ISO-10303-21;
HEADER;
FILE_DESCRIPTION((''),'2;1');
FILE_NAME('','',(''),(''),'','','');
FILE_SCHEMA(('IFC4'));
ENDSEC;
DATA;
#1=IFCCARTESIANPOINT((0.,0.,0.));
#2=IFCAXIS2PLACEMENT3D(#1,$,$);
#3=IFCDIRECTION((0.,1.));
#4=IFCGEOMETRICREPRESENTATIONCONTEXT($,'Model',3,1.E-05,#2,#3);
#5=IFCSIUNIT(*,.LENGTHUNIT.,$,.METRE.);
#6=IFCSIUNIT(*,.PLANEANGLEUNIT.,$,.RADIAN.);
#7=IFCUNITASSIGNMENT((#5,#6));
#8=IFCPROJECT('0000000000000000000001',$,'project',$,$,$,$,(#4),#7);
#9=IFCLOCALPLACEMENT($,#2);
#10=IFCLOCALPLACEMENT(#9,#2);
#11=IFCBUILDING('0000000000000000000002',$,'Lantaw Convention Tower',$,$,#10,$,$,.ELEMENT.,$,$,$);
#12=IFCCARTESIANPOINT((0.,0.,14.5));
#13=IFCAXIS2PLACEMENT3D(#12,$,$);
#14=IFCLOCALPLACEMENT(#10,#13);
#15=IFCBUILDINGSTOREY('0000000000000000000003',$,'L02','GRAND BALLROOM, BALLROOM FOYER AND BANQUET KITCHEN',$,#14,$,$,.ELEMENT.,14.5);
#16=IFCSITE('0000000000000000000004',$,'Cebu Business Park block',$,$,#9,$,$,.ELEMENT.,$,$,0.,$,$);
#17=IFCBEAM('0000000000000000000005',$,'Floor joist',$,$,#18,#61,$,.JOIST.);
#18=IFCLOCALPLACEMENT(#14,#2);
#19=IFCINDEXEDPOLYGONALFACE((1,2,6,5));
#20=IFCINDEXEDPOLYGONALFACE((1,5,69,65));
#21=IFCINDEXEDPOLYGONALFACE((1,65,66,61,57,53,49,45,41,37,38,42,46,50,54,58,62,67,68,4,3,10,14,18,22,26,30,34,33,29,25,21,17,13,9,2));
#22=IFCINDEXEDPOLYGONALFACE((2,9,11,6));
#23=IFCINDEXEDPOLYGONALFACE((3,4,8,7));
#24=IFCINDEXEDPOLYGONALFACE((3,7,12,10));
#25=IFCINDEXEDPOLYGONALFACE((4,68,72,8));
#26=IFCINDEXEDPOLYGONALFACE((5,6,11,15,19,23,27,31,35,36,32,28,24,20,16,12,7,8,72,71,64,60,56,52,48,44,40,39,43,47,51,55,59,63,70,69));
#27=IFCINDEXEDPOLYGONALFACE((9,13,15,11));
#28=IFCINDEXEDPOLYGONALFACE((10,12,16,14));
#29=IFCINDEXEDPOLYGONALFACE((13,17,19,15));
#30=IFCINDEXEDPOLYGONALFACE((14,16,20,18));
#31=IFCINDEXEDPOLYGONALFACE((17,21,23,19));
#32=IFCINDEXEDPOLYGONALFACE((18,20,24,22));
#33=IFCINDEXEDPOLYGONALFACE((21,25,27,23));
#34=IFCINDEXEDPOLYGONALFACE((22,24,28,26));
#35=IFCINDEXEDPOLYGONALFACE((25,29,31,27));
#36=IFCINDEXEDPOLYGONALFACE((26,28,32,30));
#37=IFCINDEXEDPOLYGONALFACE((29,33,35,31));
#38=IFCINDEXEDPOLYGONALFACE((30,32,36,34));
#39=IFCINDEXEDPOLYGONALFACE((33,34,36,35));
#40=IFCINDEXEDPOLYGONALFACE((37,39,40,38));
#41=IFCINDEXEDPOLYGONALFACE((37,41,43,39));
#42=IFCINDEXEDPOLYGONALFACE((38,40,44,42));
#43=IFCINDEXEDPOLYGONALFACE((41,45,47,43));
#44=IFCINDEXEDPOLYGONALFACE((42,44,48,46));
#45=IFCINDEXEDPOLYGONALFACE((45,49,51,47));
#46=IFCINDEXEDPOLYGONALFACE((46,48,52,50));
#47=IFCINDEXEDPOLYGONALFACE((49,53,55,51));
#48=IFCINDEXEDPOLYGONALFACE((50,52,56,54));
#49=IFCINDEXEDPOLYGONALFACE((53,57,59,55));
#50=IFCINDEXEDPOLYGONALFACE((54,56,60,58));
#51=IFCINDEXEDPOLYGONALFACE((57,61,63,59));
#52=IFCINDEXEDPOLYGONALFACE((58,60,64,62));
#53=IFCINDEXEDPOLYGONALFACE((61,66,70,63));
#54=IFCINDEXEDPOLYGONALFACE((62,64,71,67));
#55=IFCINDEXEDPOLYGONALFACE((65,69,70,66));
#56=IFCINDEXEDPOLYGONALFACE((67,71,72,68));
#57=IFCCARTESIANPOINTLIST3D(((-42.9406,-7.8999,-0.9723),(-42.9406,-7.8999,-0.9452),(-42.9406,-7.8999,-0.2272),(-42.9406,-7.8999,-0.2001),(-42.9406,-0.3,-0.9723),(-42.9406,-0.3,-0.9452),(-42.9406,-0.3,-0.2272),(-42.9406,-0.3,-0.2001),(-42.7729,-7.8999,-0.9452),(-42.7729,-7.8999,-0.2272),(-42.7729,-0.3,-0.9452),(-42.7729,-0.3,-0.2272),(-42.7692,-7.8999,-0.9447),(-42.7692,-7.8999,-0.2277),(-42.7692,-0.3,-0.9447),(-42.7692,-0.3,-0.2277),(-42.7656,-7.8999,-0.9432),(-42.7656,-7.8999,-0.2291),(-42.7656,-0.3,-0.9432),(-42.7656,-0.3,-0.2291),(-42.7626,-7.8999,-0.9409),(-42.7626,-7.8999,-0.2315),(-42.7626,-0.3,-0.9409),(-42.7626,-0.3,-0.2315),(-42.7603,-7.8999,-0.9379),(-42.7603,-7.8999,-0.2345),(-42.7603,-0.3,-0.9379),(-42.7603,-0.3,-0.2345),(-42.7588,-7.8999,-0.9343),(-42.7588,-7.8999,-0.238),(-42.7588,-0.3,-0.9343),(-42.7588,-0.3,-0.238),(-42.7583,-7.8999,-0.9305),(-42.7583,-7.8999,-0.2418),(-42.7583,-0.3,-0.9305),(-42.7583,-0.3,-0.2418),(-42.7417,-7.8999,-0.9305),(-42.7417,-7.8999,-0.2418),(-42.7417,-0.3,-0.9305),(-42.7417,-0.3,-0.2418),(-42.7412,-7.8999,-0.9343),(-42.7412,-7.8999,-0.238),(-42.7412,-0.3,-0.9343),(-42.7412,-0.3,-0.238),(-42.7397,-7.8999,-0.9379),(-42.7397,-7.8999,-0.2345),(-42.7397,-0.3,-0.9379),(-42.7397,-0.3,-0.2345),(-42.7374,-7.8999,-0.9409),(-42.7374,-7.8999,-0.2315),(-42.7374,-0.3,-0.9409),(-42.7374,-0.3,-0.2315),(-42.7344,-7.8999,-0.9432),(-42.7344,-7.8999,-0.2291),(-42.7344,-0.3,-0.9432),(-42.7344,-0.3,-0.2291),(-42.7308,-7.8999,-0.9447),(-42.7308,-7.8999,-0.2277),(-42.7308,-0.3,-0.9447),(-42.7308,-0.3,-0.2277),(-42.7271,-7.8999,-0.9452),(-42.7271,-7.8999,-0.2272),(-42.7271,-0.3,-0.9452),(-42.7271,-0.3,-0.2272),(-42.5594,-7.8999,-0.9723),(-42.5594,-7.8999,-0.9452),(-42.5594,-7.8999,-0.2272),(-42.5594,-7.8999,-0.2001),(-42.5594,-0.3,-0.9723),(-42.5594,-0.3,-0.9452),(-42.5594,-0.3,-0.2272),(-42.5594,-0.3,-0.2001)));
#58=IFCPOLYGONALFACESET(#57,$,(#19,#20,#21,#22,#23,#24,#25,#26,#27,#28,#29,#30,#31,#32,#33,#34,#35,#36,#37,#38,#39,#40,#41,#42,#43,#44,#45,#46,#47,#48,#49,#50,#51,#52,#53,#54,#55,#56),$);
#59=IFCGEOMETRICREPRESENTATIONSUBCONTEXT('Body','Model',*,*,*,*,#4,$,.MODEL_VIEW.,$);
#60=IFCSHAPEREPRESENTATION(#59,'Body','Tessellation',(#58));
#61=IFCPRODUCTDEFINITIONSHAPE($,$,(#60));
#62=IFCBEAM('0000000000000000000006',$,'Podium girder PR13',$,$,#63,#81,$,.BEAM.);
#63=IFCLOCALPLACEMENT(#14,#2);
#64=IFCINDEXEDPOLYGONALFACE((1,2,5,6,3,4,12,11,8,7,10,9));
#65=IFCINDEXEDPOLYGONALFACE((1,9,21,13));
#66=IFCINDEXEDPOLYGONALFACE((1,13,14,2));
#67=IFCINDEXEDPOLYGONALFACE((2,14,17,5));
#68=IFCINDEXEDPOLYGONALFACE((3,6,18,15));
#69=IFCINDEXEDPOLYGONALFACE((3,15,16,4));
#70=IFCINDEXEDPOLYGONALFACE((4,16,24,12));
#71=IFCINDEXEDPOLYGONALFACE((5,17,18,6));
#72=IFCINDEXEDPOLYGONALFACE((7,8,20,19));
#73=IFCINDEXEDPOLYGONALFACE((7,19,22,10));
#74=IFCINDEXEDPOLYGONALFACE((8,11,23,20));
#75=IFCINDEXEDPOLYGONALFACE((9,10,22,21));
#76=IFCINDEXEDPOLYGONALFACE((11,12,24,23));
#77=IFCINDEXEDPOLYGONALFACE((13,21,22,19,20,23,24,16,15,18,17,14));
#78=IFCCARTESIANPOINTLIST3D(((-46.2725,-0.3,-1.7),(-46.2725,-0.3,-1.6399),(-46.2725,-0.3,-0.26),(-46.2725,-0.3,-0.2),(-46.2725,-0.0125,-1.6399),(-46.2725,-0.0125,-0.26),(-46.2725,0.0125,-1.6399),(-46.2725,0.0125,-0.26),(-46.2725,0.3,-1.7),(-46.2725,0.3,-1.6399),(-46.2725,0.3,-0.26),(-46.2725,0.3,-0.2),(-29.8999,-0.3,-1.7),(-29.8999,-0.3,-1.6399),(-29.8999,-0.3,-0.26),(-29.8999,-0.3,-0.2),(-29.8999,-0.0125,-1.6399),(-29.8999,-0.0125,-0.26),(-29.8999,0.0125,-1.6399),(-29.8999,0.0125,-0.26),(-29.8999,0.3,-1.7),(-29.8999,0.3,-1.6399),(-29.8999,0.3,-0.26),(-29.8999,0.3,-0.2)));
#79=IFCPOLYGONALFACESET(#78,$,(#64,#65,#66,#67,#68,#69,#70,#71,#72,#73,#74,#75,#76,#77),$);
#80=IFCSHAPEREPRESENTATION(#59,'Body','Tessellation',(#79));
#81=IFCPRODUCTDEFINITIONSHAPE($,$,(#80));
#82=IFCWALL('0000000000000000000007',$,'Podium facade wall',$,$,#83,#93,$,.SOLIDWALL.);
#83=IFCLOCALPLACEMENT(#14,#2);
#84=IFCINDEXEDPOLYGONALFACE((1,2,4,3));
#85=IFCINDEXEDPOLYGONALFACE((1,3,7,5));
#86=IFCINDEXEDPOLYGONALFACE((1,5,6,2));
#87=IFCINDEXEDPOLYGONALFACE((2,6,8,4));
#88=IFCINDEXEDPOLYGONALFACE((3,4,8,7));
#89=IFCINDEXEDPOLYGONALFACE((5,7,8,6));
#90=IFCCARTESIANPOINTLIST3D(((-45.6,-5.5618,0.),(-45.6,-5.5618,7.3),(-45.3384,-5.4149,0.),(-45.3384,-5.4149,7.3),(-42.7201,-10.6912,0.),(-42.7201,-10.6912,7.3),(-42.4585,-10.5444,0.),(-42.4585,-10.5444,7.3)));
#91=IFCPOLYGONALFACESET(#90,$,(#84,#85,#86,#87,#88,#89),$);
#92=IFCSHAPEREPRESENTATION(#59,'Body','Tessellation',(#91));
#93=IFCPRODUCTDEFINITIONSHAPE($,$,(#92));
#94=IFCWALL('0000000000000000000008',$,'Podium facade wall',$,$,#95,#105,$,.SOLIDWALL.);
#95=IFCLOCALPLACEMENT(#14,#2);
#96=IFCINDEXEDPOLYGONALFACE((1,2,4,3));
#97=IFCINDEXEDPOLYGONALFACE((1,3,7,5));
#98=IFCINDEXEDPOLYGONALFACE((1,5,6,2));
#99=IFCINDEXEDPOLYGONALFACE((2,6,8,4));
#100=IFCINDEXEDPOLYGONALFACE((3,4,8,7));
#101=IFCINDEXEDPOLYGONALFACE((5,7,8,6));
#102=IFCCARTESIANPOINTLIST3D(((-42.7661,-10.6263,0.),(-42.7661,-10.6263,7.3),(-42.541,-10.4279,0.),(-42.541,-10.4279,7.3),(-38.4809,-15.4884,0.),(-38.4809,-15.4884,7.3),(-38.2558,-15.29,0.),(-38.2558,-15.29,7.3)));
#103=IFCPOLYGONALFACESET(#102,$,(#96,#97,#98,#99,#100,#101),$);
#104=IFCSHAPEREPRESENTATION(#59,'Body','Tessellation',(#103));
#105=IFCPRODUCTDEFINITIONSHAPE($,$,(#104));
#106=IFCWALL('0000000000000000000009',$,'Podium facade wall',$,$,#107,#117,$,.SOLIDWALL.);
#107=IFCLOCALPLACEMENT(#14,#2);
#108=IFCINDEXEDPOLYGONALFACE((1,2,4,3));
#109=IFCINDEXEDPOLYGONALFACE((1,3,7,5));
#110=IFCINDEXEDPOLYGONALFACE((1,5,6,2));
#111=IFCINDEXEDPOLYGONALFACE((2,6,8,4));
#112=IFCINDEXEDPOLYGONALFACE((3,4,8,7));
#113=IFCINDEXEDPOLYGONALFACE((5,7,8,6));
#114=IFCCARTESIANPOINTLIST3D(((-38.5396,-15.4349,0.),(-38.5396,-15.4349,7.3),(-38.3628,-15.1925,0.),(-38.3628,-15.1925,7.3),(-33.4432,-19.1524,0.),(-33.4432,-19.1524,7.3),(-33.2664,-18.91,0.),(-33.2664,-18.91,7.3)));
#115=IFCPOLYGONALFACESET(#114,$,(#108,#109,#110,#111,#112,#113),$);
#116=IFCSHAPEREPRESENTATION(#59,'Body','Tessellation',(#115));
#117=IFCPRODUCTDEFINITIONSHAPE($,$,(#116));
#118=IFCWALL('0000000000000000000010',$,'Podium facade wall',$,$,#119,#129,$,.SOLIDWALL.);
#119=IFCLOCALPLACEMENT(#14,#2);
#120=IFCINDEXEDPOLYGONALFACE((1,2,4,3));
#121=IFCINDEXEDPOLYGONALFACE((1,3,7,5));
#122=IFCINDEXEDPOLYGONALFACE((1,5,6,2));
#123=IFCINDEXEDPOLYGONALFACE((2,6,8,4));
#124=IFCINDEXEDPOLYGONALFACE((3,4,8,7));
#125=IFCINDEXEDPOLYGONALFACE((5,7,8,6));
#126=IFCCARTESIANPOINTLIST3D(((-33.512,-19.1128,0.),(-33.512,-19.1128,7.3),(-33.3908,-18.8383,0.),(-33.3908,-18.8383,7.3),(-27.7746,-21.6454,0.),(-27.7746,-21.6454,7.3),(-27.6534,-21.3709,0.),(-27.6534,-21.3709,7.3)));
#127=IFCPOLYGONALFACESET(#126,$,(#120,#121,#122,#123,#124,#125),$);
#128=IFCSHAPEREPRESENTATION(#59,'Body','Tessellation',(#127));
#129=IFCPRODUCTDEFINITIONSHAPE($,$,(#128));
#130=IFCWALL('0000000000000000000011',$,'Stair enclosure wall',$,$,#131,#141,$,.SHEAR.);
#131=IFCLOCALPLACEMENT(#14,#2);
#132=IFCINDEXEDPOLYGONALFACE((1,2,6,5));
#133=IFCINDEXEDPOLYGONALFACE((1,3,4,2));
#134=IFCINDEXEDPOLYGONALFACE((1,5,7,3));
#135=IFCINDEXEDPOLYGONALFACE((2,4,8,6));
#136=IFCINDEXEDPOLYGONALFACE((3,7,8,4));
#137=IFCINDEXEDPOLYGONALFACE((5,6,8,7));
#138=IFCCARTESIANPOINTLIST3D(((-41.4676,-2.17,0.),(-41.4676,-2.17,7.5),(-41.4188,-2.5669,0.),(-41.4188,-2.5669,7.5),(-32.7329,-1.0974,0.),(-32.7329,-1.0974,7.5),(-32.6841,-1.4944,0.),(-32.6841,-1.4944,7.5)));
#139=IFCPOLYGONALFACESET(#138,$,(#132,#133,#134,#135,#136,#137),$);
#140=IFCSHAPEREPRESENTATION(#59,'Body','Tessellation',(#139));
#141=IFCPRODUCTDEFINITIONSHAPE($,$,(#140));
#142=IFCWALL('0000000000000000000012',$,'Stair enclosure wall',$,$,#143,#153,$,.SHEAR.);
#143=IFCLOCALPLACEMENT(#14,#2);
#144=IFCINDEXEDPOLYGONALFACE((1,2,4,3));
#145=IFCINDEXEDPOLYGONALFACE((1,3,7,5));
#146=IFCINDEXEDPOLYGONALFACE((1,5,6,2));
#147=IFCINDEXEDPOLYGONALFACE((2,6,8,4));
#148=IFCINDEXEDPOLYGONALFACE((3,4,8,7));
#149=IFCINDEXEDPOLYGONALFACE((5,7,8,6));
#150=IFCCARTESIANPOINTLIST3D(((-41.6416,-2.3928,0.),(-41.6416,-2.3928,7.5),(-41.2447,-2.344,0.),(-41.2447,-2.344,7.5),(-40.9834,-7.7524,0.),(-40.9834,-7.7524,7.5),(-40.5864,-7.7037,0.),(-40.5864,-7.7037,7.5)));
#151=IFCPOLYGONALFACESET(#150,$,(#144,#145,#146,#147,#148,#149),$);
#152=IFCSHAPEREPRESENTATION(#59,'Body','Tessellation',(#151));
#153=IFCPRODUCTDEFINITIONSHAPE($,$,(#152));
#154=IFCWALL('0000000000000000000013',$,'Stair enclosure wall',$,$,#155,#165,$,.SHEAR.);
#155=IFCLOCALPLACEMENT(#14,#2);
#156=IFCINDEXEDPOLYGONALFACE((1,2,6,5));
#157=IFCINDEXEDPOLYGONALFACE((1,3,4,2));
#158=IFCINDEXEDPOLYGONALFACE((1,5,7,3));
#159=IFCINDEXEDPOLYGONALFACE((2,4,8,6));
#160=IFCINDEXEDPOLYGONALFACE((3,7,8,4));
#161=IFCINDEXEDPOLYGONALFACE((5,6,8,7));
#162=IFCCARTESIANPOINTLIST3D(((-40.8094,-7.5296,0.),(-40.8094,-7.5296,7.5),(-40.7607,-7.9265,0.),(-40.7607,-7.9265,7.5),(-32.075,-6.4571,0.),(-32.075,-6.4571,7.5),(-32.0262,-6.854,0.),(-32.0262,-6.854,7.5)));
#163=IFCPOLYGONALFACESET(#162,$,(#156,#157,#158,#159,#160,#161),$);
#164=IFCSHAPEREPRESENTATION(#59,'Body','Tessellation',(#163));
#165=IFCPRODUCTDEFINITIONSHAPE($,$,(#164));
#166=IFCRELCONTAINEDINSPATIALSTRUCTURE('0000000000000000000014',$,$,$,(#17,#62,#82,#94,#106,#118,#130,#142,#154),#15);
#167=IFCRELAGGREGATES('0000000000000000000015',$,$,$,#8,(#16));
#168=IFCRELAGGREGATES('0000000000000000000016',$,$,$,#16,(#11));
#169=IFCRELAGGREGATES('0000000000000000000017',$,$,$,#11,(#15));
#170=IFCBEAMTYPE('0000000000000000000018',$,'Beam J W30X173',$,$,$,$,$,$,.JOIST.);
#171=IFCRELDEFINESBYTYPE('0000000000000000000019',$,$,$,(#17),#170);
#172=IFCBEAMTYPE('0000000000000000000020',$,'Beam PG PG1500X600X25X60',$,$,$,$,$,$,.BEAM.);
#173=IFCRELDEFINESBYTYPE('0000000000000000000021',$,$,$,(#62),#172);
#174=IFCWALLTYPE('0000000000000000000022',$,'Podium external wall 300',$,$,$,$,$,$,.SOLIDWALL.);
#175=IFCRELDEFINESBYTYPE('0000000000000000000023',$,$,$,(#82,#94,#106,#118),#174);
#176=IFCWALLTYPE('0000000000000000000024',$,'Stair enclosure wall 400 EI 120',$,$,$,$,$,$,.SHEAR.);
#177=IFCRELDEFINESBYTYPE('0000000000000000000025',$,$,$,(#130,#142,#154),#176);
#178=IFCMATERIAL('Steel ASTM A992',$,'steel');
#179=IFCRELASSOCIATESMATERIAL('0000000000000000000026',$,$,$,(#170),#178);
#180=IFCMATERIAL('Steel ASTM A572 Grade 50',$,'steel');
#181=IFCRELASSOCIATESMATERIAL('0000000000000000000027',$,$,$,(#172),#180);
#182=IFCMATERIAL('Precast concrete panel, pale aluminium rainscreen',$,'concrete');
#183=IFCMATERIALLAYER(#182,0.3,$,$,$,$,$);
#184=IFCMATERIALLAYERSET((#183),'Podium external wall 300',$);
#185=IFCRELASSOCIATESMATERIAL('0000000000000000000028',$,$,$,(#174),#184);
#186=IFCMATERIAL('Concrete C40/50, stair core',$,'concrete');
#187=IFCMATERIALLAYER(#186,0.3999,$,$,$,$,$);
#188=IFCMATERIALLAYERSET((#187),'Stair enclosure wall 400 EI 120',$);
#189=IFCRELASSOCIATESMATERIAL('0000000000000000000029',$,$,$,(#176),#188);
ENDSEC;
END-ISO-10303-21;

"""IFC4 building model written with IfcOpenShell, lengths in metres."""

from ifc_helpers import new_model, si_unit, direction, frame, frame_2d, origin, origin_2d, place, context, subcontext, project, spatial, rectangle, i_section, extrude, material, layer, layer_set, material_profile, profile_set, type_object, element, save


model = new_model("IFC4")

# Units and contexts
model_context = context("Model", 3, precision=1e-05, world=origin(), true_north=direction((0.0, 1.0)))
body_context = subcontext(model_context, "Body", "Model", "MODEL_VIEW")
ifc_project = project(units=[si_unit("LENGTHUNIT", "METRE"), si_unit("PLANEANGLEUNIT", "RADIAN")], contexts=[model_context])

# Site, building, storey
site_placement = place(None, origin())
site = spatial("IfcSite", under=ifc_project, at=site_placement, Name="Cebu Business Park block", CompositionType="ELEMENT", RefElevation=0.0)
building_placement = place(site_placement, origin())
building = spatial("IfcBuilding", under=site, at=building_placement, Name="Lantaw Convention Tower", CompositionType="ELEMENT")
storey_placement = place(building_placement, frame((0.0, 0.0, 14.5)))
storey = spatial("IfcBuildingStorey", under=building, at=storey_placement, Name="L02", Description="GRAND BALLROOM, BALLROOM FOYER AND BANQUET KITCHEN", CompositionType="ELEMENT", Elevation=14.5)

# Shared definitions
ifc_material_1 = material(Name="Steel ASTM A572 Grade 50", Category="steel")

# Beams
ifc_material_2 = material(Name="Steel ASTM A992", Category="steel")
ifc_material_profile_1 = material_profile(ifc_material_2, i_section(OverallWidth=0.3811, OverallDepth=0.7722, WebThickness=0.0166, FlangeThickness=0.0271, FilletRadius=0.0146, at=origin_2d()), Name="W30X173")
ifc_profile_set_1 = profile_set([ifc_material_profile_1], Name="Steel ASTM A992")
beam_type_1 = type_object("IfcBeamType", Name="Beam J W30X173", PredefinedType="JOIST", material=ifc_profile_set_1)
beam_1_placement = place(storey_placement, frame((-42.75, -7.8999, -0.5862), z_axis=(0.0, 1.0, 0.0), x_axis=(-1.0, 0.0, 0.0)))
element("IfcBeam", 1, at=beam_1_placement, inside=storey, type_object=beam_type_1, Name="Floor joist", PredefinedType="JOIST", context=body_context, shape_type="SweptSolid", body=[
    extrude(i_section(OverallWidth=0.3811, OverallDepth=0.7722, WebThickness=0.0166, FlangeThickness=0.0271, FilletRadius=0.0146, at=origin_2d()), origin(), (0.0, 0.0, 1.0), 7.5999),
])
ifc_material_profile_2 = material_profile(ifc_material_1, i_section(OverallWidth=0.6001, OverallDepth=1.5, WebThickness=0.0249, FlangeThickness=0.0601, at=origin_2d()), Name="PG1500X600X25X60")
ifc_profile_set_2 = profile_set([ifc_material_profile_2], Name="Steel ASTM A572 Grade 50")
beam_type_2 = type_object("IfcBeamType", Name="Beam PG PG1500X600X25X60", PredefinedType="BEAM", material=ifc_profile_set_2)
beam_2_placement = place(storey_placement, frame((-29.8999, 0.0, -0.95), z_axis=(-1.0, 0.0, 0.0), x_axis=(0.0, -1.0, 0.0)))
element("IfcBeam", 2, at=beam_2_placement, inside=storey, type_object=beam_type_2, Name="Podium girder PR13", PredefinedType="BEAM", context=body_context, shape_type="SweptSolid", body=[
    extrude(i_section(OverallWidth=0.6001, OverallDepth=1.5, WebThickness=0.0249, FlangeThickness=0.0601, at=origin_2d()), origin(), (0.0, 0.0, 1.0), 16.3726),
])

# Walls
ifc_material_3 = material(Name="Precast concrete panel, pale aluminium rainscreen", Category="concrete")
ifc_layer_1 = layer(ifc_material_3, 0.3)
ifc_layer_set_1 = layer_set([ifc_layer_1], Name="Podium external wall 300")
wall_type_1 = type_object("IfcWallType", Name="Podium external wall 300", PredefinedType="SOLIDWALL", material=ifc_layer_set_1)
wall_1_placement = place(storey_placement, frame((-45.4692, -5.4883, 0.0), z_axis=(0.0, 0.0, 1.0), x_axis=(0.489564, -0.871968, 0.0)))
element("IfcWall", 3, at=wall_1_placement, inside=storey, type_object=wall_type_1, Name="Podium facade wall", PredefinedType="SOLIDWALL", context=body_context, shape_type="SweptSolid", body=[
    extrude(rectangle(XDim=5.8826, YDim=0.3, at=frame_2d((2.9414, 0.0))), origin(), (0.0, 0.0, 1.0), 7.3),
])
wall_2_placement = place(storey_placement, frame((-42.6536, -10.5271, 0.0), z_axis=(0.0, 0.0, 1.0), x_axis=(0.661197, -0.750213, 0.0)))
element("IfcWall", 4, at=wall_2_placement, inside=storey, type_object=wall_type_1, Name="Podium facade wall", PredefinedType="SOLIDWALL", context=body_context, shape_type="SweptSolid", body=[
    extrude(rectangle(XDim=6.481, YDim=0.3, at=frame_2d((3.2405, 0.0))), origin(), (0.0, 0.0, 1.0), 7.3),
])
wall_3_placement = place(storey_placement, frame((-38.4512, -15.3137, 0.0), z_axis=(0.0, 0.0, 1.0), x_axis=(0.807903, -0.589315, 0.0)))
element("IfcWall", 5, at=wall_3_placement, inside=storey, type_object=wall_type_1, Name="Podium facade wall", PredefinedType="SOLIDWALL", context=body_context, shape_type="SweptSolid", body=[
    extrude(rectangle(XDim=6.3081, YDim=0.3, at=frame_2d((3.1541, 0.0))), origin(), (0.0, 0.0, 1.0), 7.3),
])
wall_4_placement = place(storey_placement, frame((-33.4514, -18.9756, 0.0), z_axis=(0.0, 0.0, 1.0), x_axis=(0.914841, -0.403815, 0.0)))
element("IfcWall", 6, at=wall_4_placement, inside=storey, type_object=wall_type_1, Name="Podium facade wall", PredefinedType="SOLIDWALL", context=body_context, shape_type="SweptSolid", body=[
    extrude(rectangle(XDim=6.2715, YDim=0.3, at=frame_2d((3.1357, 0.0))), origin(), (0.0, 0.0, 1.0), 7.3),
])
ifc_material_4 = material(Name="Concrete C40/50, stair core", Category="concrete")
ifc_layer_2 = layer(ifc_material_4, 0.3999)
ifc_layer_set_2 = layer_set([ifc_layer_2], Name="Stair enclosure wall 400 EI 120")
wall_type_2 = type_object("IfcWallType", Name="Stair enclosure wall 400 EI 120", PredefinedType="SHEAR", material=ifc_layer_set_2)
wall_5_placement = place(storey_placement, frame((-32.7085, -1.2959, 0.0), z_axis=(0.0, 0.0, 1.0), x_axis=(-0.992546, -0.121873, 0.0)))
element("IfcWall", 7, at=wall_5_placement, inside=storey, type_object=wall_type_2, Name="Stair enclosure wall", PredefinedType="SHEAR", context=body_context, shape_type="SweptSolid", body=[
    extrude(rectangle(XDim=8.8003, YDim=0.3999, at=frame_2d((4.4001, 0.0))), origin(), (0.0, 0.0, 1.0), 7.5),
])
wall_6_placement = place(storey_placement, frame((-41.4431, -2.3684, 0.0), z_axis=(0.0, 0.0, 1.0), x_axis=(0.121892, -0.992543, 0.0)))
element("IfcWall", 8, at=wall_6_placement, inside=storey, type_object=wall_type_2, Name="Stair enclosure wall", PredefinedType="SHEAR", context=body_context, shape_type="SweptSolid", body=[
    extrude(rectangle(XDim=5.3999, YDim=0.3999, at=frame_2d((2.7, 0.0))), origin(), (0.0, 0.0, 1.0), 7.5),
])
wall_7_placement = place(storey_placement, frame((-40.7849, -7.728, 0.0), z_axis=(0.0, 0.0, 1.0), x_axis=(0.992545, 0.121876, 0.0)))
element("IfcWall", 9, at=wall_7_placement, inside=storey, type_object=wall_type_2, Name="Stair enclosure wall", PredefinedType="SHEAR", context=body_context, shape_type="SweptSolid", body=[
    extrude(rectangle(XDim=8.8, YDim=0.3999, at=frame_2d((4.3999, 0.0))), origin(), (0.0, 0.0, 1.0), 7.5),
])

save(model, "model.ifc")
